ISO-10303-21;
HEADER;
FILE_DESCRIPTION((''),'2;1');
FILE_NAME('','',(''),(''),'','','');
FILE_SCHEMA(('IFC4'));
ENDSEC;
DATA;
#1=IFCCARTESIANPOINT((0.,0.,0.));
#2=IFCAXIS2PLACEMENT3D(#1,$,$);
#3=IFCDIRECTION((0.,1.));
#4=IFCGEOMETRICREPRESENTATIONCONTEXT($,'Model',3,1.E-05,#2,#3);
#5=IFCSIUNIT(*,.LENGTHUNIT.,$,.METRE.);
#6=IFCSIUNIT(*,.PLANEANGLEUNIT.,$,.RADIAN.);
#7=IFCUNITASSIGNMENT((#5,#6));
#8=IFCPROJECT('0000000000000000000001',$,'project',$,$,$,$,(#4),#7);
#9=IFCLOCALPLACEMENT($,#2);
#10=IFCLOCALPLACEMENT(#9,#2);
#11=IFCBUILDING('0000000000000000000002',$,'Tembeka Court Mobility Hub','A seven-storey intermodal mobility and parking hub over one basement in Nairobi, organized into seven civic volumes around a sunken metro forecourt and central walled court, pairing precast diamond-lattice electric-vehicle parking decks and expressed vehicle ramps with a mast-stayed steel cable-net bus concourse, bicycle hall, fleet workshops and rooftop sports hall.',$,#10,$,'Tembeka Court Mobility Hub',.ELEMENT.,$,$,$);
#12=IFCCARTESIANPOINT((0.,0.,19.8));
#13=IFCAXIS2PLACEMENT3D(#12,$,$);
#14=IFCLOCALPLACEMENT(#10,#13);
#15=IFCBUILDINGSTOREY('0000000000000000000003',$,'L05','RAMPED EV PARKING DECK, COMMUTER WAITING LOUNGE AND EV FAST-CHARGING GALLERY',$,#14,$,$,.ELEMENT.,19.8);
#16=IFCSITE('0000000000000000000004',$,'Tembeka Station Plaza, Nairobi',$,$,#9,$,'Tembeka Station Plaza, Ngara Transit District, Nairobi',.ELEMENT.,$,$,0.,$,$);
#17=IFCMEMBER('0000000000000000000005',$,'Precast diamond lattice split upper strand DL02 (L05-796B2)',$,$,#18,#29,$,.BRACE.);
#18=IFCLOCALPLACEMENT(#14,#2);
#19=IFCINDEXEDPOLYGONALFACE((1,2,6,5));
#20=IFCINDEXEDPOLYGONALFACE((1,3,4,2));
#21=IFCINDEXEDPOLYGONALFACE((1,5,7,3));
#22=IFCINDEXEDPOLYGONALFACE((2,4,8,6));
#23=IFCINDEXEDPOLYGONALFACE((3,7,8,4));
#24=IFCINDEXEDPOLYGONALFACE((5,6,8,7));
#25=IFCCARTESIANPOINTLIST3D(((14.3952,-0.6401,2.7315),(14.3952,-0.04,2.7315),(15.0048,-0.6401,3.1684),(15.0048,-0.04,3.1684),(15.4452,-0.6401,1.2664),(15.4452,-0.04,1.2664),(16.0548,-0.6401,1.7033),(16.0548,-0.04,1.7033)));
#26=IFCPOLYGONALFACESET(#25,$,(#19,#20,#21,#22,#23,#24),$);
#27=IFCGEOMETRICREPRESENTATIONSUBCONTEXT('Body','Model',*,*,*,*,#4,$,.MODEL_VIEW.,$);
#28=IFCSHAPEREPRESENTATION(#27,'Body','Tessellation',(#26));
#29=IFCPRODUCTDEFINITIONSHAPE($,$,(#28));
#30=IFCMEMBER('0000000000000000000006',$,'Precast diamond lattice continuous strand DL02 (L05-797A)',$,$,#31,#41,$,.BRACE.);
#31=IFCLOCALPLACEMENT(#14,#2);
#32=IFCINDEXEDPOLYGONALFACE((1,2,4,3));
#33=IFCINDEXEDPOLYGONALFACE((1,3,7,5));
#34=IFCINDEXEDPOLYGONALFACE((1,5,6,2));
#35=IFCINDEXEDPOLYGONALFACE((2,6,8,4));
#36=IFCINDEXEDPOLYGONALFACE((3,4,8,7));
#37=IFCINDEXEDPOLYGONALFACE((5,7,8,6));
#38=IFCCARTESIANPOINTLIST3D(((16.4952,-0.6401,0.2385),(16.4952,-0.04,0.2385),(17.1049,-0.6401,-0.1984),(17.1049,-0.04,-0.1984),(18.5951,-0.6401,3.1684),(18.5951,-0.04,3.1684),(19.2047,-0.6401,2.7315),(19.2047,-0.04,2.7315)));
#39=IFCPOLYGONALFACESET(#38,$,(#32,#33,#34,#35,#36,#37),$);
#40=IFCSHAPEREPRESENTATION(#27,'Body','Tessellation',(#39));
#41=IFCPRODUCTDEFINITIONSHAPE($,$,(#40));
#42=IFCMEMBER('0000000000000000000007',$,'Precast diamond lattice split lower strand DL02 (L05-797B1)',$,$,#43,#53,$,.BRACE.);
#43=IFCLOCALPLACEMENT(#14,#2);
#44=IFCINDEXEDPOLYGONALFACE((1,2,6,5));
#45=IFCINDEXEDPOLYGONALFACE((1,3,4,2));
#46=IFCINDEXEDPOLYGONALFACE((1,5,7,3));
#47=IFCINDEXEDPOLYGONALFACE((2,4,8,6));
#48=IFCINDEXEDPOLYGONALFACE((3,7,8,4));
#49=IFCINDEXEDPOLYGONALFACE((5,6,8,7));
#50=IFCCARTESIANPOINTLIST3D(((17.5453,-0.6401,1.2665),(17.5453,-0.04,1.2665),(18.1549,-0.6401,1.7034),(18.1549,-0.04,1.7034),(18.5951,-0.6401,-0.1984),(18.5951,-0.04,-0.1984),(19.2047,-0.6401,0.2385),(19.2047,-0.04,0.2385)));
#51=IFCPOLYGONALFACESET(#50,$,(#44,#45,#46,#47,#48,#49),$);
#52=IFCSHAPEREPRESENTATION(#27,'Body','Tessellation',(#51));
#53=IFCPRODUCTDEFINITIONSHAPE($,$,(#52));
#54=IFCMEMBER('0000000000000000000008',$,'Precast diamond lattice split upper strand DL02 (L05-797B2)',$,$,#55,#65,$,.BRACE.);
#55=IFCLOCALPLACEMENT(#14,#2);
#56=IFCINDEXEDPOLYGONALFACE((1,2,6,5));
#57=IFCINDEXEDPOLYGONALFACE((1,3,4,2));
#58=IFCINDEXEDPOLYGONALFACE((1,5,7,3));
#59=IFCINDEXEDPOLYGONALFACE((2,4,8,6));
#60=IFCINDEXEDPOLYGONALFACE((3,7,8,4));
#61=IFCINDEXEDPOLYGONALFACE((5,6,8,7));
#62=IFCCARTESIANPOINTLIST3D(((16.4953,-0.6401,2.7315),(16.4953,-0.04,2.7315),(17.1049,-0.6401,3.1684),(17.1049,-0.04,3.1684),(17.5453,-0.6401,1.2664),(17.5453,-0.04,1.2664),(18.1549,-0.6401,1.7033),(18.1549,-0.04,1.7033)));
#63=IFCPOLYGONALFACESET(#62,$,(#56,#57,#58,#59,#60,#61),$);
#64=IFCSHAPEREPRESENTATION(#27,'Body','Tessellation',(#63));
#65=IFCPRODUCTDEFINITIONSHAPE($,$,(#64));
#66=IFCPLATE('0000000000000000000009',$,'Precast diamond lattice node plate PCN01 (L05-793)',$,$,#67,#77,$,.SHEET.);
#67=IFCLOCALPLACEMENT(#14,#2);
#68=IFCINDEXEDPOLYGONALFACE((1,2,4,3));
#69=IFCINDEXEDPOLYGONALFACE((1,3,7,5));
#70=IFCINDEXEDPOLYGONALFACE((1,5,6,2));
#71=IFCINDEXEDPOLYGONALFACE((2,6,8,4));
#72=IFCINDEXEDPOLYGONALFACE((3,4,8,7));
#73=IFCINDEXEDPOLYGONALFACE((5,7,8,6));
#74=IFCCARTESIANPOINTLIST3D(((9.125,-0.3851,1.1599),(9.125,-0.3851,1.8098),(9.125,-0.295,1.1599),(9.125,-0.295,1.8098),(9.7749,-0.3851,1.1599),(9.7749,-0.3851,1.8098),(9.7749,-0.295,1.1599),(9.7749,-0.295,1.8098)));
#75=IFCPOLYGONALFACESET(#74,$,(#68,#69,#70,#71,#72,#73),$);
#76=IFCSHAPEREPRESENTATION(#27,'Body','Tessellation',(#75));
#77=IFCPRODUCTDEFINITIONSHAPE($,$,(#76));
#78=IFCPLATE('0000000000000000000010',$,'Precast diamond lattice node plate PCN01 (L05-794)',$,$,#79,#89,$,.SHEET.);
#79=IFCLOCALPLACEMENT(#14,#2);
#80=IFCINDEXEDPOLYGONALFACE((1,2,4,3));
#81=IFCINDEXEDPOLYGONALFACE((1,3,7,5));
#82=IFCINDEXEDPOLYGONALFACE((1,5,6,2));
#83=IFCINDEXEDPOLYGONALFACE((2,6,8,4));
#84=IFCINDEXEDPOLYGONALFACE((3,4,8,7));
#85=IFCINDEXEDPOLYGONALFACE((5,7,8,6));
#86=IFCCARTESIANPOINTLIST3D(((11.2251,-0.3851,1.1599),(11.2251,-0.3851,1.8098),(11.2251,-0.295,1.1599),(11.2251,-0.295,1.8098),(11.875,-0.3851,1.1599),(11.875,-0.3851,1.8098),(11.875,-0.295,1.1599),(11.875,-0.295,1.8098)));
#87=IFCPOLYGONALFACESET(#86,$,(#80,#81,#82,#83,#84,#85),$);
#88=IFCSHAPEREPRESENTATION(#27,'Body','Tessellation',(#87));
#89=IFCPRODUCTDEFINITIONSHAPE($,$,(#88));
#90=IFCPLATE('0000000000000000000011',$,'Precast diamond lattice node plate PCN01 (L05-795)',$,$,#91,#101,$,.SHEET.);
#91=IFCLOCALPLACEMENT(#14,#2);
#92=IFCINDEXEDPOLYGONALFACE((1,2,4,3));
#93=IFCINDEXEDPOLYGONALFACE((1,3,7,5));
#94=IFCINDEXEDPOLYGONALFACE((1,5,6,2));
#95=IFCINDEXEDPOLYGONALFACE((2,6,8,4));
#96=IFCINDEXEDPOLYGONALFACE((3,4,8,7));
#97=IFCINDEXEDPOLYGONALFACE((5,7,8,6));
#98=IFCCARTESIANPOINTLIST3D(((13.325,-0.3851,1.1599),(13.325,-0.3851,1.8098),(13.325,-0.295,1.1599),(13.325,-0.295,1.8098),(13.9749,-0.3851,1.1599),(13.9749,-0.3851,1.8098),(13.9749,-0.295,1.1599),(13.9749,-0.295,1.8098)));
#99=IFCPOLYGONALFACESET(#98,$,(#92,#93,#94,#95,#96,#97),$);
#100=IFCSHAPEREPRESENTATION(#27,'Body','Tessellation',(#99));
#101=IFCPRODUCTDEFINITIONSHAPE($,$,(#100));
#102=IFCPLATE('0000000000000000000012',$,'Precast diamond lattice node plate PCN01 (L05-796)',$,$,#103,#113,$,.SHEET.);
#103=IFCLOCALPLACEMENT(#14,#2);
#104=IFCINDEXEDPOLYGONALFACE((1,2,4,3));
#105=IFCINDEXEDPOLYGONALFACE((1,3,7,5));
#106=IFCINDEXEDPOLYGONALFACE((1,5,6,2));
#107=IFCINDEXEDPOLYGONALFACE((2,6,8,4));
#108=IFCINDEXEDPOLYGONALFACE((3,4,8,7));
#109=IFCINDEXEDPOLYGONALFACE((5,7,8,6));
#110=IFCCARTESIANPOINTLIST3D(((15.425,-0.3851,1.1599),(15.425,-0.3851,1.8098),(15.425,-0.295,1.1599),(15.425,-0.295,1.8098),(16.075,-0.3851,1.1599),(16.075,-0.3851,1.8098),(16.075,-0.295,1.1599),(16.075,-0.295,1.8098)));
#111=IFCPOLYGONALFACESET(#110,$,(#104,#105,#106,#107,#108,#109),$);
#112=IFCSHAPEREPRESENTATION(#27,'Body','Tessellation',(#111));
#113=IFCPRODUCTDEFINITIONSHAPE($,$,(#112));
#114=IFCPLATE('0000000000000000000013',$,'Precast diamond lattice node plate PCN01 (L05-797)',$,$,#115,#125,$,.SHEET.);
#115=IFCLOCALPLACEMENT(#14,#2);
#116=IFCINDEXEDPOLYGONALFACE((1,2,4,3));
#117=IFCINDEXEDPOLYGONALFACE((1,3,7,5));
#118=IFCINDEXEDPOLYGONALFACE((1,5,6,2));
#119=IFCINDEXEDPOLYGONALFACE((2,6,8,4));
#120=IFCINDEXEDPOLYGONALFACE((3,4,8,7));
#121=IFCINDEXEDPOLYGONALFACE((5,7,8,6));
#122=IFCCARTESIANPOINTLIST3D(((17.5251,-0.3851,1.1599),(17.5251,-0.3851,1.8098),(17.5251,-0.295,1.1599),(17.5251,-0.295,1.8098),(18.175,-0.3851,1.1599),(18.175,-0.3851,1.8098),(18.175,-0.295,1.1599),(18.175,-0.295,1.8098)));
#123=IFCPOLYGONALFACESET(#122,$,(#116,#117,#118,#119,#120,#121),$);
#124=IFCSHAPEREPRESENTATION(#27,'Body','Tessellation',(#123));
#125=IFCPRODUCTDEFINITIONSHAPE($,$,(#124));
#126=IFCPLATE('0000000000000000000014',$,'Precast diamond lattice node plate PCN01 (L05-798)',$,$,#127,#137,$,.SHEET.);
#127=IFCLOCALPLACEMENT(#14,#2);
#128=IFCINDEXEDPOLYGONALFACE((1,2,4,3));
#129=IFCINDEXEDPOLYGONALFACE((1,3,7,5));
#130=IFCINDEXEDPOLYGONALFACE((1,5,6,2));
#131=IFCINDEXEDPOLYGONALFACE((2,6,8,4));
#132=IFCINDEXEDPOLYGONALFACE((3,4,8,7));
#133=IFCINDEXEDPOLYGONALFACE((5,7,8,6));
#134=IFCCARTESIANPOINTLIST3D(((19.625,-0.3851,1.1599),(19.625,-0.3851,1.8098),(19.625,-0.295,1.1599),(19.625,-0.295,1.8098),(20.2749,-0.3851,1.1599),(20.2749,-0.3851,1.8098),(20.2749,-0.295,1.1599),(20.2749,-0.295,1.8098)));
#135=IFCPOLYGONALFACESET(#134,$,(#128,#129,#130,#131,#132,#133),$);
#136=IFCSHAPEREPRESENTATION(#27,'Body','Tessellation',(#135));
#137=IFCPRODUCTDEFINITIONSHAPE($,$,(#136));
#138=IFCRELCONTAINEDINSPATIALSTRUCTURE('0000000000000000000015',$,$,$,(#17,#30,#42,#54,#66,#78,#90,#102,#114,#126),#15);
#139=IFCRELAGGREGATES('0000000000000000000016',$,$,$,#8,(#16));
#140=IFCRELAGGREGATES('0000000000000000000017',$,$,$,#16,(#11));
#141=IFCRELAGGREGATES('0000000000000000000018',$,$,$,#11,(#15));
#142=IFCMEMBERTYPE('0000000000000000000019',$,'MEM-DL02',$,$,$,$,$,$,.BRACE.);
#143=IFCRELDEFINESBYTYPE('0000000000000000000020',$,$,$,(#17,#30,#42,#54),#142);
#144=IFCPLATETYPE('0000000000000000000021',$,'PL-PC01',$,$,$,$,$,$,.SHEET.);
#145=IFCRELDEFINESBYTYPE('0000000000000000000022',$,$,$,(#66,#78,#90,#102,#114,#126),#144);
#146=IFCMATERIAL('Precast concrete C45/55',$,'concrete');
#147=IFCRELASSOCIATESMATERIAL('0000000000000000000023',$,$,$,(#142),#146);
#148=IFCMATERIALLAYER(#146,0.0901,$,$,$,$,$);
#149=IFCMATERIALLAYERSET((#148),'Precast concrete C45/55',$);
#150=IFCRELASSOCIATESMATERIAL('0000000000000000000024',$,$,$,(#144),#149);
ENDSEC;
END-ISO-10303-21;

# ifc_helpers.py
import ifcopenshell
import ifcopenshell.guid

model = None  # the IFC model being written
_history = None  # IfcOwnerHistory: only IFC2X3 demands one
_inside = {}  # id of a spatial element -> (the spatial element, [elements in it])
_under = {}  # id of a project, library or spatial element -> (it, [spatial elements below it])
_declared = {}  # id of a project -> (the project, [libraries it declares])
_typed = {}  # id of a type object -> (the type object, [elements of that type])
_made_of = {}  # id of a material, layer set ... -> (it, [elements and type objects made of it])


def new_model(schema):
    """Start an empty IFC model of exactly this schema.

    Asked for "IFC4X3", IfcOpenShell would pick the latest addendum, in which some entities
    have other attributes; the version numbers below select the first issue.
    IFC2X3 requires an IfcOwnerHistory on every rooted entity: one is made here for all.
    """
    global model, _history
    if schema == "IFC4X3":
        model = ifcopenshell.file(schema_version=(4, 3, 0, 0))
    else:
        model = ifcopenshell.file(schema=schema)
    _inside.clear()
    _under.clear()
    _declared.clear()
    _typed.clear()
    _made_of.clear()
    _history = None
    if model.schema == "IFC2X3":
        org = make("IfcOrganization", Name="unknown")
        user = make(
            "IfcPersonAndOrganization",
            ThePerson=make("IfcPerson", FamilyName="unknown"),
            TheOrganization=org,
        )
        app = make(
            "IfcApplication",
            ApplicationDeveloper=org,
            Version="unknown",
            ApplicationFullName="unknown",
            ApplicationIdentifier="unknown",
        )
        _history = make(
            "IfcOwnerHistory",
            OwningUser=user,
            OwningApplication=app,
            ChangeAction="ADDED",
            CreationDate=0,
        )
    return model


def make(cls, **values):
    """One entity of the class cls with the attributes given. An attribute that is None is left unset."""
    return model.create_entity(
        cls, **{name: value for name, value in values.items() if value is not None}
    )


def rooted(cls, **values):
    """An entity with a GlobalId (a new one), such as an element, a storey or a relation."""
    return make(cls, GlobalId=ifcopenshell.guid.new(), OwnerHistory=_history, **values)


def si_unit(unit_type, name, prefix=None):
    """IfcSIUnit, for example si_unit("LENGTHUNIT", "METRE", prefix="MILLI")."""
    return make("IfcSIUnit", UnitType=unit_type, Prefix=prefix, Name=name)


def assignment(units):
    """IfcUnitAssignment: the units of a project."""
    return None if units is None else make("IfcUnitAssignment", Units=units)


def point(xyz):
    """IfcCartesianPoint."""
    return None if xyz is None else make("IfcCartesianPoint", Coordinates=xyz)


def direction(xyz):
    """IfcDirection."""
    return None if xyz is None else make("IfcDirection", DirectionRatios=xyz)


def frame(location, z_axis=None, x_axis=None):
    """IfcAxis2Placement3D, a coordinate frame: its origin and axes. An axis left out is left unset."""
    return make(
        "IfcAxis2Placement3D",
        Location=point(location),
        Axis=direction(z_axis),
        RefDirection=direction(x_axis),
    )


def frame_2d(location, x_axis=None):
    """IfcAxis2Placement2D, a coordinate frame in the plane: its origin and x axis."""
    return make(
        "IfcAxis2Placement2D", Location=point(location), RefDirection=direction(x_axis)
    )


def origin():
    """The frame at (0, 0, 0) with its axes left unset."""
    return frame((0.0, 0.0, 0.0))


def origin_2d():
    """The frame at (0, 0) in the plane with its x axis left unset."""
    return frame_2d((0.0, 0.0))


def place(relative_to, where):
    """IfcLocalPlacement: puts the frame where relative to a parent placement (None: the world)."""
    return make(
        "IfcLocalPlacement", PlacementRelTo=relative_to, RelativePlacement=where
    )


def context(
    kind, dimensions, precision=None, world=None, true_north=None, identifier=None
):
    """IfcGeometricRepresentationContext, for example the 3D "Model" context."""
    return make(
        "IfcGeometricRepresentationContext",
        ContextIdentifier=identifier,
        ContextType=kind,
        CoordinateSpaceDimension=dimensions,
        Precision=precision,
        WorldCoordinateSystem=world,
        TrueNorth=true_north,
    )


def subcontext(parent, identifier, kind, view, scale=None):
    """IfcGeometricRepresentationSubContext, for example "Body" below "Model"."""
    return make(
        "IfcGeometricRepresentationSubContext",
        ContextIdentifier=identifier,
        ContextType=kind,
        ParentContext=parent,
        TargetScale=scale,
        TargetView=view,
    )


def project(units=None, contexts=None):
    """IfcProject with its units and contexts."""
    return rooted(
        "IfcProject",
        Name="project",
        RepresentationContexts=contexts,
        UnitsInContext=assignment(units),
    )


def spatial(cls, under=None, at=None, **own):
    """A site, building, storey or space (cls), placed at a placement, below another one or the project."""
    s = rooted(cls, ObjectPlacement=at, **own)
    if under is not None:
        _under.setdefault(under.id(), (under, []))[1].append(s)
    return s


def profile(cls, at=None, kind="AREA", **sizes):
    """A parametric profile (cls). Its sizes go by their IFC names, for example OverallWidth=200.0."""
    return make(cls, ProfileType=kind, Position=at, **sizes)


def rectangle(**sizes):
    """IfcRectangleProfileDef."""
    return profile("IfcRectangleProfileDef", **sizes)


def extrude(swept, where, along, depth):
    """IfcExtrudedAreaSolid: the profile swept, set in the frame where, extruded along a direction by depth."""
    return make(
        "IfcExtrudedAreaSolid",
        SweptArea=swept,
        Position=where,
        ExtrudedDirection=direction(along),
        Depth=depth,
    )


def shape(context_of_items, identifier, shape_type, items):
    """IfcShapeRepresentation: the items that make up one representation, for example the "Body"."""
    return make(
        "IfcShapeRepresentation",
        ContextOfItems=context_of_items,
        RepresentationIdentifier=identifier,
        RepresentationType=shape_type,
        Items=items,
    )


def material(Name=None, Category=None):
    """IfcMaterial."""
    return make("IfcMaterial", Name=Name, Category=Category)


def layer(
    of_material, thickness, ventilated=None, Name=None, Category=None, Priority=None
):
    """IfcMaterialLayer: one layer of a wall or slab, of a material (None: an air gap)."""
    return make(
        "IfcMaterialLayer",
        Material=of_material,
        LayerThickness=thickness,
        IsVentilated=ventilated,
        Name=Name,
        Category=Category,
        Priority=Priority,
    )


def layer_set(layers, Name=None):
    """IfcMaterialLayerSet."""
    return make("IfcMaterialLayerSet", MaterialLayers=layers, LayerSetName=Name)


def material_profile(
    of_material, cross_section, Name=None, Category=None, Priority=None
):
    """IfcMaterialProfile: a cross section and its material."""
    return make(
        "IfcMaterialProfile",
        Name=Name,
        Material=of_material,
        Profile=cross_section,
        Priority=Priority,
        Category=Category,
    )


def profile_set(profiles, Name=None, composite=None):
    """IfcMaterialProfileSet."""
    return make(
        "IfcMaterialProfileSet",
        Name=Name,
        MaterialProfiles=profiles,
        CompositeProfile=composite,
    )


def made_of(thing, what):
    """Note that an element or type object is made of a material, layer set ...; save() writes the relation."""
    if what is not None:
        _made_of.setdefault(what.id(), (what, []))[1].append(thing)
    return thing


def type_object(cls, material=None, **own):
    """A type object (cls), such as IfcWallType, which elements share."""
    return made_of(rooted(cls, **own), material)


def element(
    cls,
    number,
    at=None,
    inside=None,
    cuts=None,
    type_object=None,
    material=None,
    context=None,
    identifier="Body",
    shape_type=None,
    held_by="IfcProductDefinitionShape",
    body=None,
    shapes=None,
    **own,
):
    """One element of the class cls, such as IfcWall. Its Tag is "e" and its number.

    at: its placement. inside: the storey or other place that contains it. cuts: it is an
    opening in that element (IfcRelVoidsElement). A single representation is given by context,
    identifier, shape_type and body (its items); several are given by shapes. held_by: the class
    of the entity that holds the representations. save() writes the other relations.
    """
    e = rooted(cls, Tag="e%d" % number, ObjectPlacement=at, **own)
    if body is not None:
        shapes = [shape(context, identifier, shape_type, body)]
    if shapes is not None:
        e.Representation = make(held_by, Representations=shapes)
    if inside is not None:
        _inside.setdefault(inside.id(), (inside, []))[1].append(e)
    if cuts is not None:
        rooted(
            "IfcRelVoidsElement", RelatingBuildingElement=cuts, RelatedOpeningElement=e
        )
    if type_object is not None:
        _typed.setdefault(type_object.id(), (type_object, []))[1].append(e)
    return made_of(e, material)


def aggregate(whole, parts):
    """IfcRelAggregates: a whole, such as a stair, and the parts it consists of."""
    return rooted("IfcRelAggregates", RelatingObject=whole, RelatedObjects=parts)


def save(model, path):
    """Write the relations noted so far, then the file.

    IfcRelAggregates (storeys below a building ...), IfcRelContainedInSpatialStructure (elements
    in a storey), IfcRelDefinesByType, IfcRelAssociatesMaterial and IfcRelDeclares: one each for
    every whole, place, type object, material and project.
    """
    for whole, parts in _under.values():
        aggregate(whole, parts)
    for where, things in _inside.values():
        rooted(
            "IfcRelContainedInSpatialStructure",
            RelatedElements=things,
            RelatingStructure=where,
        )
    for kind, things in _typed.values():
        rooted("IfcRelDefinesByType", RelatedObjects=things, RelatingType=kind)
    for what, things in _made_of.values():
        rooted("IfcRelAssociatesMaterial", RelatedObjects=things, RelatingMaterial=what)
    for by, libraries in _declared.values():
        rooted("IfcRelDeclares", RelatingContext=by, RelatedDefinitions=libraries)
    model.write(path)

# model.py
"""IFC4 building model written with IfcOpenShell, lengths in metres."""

from ifc_helpers import new_model, si_unit, direction, frame, origin, origin_2d, place, context, subcontext, project, spatial, rectangle, extrude, material, layer, layer_set, material_profile, profile_set, type_object, element, save


model = new_model("IFC4")

# Units and contexts
model_context = context("Model", 3, precision=1e-05, world=origin(), true_north=direction((0.0, 1.0)))
body_context = subcontext(model_context, "Body", "Model", "MODEL_VIEW")
ifc_project = project(units=[si_unit("LENGTHUNIT", "METRE"), si_unit("PLANEANGLEUNIT", "RADIAN")], contexts=[model_context])

# Site, building, storey
site_placement = place(None, origin())
site = spatial("IfcSite", under=ifc_project, at=site_placement, Name="Tembeka Station Plaza, Nairobi", LongName="Tembeka Station Plaza, Ngara Transit District, Nairobi", CompositionType="ELEMENT", RefElevation=0.0)
building_placement = place(site_placement, origin())
building = spatial("IfcBuilding", under=site, at=building_placement, Name="Tembeka Court Mobility Hub", Description="A seven-storey intermodal mobility and parking hub over one basement in Nairobi, organized into seven civic volumes around a sunken metro forecourt and central walled court, pairing precast diamond-lattice electric-vehicle parking decks and expressed vehicle ramps with a mast-stayed steel cable-net bus concourse, bicycle hall, fleet workshops and rooftop sports hall.", LongName="Tembeka Court Mobility Hub", CompositionType="ELEMENT")
storey_placement = place(building_placement, frame((0.0, 0.0, 19.8)))
storey = spatial("IfcBuildingStorey", under=building, at=storey_placement, Name="L05", Description="RAMPED EV PARKING DECK, COMMUTER WAITING LOUNGE AND EV FAST-CHARGING GALLERY", CompositionType="ELEMENT", Elevation=19.8)

# Members
ifc_material = material(Name="Precast concrete C45/55", Category="concrete")
ifc_material_profile_1 = material_profile(ifc_material, rectangle(XDim=0.6001, YDim=0.75, at=origin_2d()), Name="PC-DIAG 600x750")
ifc_profile_set_1 = profile_set([ifc_material_profile_1], Name="Precast concrete C45/55")
member_type_1 = type_object("IfcMemberType", Name="MEM-DL02", PredefinedType="BRACE", material=ifc_profile_set_1)
member_1_placement = place(storey_placement, frame((15.75, -0.3401, 1.4849), z_axis=(-0.582544, 0.0, 0.812799), x_axis=(0.0, -1.0, 0.0)))
element("IfcMember", 1, at=member_1_placement, inside=storey, type_object=member_type_1, Name="Precast diamond lattice split upper strand DL02 (L05-796B2)", PredefinedType="BRACE", context=body_context, shape_type="SweptSolid", body=[
    extrude(rectangle(XDim=0.6001, YDim=0.75, at=origin_2d()), origin(), (0.0, 0.0, 1.0), 1.8025),
])
member_2_placement = place(storey_placement, frame((16.8, -0.3401, 0.02), z_axis=(0.582532, 0.0, 0.812808), x_axis=(0.0, 1.0, 0.0)))
element("IfcMember", 2, at=member_2_placement, inside=storey, type_object=member_type_1, Name="Precast diamond lattice continuous strand DL02 (L05-797A)", PredefinedType="BRACE", context=body_context, shape_type="SweptSolid", body=[
    extrude(rectangle(XDim=0.6001, YDim=0.75, at=origin_2d()), origin(), (0.0, 0.0, 1.0), 3.6047),
])
member_3_placement = place(storey_placement, frame((18.8999, -0.3401, 0.02), z_axis=(-0.582519, 0.0, 0.812817), x_axis=(0.0, -1.0, 0.0)))
element("IfcMember", 3, at=member_3_placement, inside=storey, type_object=member_type_1, Name="Precast diamond lattice split lower strand DL02 (L05-797B1)", PredefinedType="BRACE", context=body_context, shape_type="SweptSolid", body=[
    extrude(rectangle(XDim=0.6001, YDim=0.75, at=origin_2d()), origin(), (0.0, 0.0, 1.0), 1.8022),
])
member_4_placement = place(storey_placement, frame((17.8501, -0.3401, 1.4849), z_axis=(-0.582544, 0.0, 0.812799), x_axis=(0.0, -1.0, 0.0)))
element("IfcMember", 4, at=member_4_placement, inside=storey, type_object=member_type_1, Name="Precast diamond lattice split upper strand DL02 (L05-797B2)", PredefinedType="BRACE", context=body_context, shape_type="SweptSolid", body=[
    extrude(rectangle(XDim=0.6001, YDim=0.75, at=origin_2d()), origin(), (0.0, 0.0, 1.0), 1.8025),
])

# Plates
ifc_layer = layer(ifc_material, 0.0901)
ifc_layer_set = layer_set([ifc_layer], Name="Precast concrete C45/55")
plate_type = type_object("IfcPlateType", Name="PL-PC01", PredefinedType="SHEET", material=ifc_layer_set)
for number, where, z_axis, x_axis, name in (
    (5, (9.45, -0.3401, 1.1599), (0.0, 0.0, 1.0), (1.0, 0.0, 0.0), "Precast diamond lattice node plate PCN01 (L05-793)"),
    (6, (11.55, -0.3401, 1.1599), (0.0, 0.0, 1.0), (1.0, 0.0, 0.0), "Precast diamond lattice node plate PCN01 (L05-794)"),
    (7, (13.6499, -0.3401, 1.1599), (0.0, 0.0, 1.0), (1.0, 0.0, 0.0), "Precast diamond lattice node plate PCN01 (L05-795)"),
    (8, (15.75, -0.3401, 1.1599), (0.0, 0.0, 1.0), (1.0, 0.0, 0.0), "Precast diamond lattice node plate PCN01 (L05-796)"),
    (9, (17.8501, -0.3401, 1.1599), (0.0, 0.0, 1.0), (1.0, 0.0, 0.0), "Precast diamond lattice node plate PCN01 (L05-797)"),
    (10, (19.95, -0.3401, 1.1599), (0.0, 0.0, 1.0), (1.0, 0.0, 0.0), "Precast diamond lattice node plate PCN01 (L05-798)"),
):
    element("IfcPlate", number, at=place(storey_placement, frame(where, z_axis=z_axis, x_axis=x_axis)), inside=storey, type_object=plate_type, Name=name, PredefinedType="SHEET", context=body_context, shape_type="SweptSolid", body=[
        extrude(rectangle(XDim=0.6499, YDim=0.0901, at=origin_2d()), origin(), (0.0, 0.0, 1.0), 0.6499),
    ])

save(model, "model.ifc")
